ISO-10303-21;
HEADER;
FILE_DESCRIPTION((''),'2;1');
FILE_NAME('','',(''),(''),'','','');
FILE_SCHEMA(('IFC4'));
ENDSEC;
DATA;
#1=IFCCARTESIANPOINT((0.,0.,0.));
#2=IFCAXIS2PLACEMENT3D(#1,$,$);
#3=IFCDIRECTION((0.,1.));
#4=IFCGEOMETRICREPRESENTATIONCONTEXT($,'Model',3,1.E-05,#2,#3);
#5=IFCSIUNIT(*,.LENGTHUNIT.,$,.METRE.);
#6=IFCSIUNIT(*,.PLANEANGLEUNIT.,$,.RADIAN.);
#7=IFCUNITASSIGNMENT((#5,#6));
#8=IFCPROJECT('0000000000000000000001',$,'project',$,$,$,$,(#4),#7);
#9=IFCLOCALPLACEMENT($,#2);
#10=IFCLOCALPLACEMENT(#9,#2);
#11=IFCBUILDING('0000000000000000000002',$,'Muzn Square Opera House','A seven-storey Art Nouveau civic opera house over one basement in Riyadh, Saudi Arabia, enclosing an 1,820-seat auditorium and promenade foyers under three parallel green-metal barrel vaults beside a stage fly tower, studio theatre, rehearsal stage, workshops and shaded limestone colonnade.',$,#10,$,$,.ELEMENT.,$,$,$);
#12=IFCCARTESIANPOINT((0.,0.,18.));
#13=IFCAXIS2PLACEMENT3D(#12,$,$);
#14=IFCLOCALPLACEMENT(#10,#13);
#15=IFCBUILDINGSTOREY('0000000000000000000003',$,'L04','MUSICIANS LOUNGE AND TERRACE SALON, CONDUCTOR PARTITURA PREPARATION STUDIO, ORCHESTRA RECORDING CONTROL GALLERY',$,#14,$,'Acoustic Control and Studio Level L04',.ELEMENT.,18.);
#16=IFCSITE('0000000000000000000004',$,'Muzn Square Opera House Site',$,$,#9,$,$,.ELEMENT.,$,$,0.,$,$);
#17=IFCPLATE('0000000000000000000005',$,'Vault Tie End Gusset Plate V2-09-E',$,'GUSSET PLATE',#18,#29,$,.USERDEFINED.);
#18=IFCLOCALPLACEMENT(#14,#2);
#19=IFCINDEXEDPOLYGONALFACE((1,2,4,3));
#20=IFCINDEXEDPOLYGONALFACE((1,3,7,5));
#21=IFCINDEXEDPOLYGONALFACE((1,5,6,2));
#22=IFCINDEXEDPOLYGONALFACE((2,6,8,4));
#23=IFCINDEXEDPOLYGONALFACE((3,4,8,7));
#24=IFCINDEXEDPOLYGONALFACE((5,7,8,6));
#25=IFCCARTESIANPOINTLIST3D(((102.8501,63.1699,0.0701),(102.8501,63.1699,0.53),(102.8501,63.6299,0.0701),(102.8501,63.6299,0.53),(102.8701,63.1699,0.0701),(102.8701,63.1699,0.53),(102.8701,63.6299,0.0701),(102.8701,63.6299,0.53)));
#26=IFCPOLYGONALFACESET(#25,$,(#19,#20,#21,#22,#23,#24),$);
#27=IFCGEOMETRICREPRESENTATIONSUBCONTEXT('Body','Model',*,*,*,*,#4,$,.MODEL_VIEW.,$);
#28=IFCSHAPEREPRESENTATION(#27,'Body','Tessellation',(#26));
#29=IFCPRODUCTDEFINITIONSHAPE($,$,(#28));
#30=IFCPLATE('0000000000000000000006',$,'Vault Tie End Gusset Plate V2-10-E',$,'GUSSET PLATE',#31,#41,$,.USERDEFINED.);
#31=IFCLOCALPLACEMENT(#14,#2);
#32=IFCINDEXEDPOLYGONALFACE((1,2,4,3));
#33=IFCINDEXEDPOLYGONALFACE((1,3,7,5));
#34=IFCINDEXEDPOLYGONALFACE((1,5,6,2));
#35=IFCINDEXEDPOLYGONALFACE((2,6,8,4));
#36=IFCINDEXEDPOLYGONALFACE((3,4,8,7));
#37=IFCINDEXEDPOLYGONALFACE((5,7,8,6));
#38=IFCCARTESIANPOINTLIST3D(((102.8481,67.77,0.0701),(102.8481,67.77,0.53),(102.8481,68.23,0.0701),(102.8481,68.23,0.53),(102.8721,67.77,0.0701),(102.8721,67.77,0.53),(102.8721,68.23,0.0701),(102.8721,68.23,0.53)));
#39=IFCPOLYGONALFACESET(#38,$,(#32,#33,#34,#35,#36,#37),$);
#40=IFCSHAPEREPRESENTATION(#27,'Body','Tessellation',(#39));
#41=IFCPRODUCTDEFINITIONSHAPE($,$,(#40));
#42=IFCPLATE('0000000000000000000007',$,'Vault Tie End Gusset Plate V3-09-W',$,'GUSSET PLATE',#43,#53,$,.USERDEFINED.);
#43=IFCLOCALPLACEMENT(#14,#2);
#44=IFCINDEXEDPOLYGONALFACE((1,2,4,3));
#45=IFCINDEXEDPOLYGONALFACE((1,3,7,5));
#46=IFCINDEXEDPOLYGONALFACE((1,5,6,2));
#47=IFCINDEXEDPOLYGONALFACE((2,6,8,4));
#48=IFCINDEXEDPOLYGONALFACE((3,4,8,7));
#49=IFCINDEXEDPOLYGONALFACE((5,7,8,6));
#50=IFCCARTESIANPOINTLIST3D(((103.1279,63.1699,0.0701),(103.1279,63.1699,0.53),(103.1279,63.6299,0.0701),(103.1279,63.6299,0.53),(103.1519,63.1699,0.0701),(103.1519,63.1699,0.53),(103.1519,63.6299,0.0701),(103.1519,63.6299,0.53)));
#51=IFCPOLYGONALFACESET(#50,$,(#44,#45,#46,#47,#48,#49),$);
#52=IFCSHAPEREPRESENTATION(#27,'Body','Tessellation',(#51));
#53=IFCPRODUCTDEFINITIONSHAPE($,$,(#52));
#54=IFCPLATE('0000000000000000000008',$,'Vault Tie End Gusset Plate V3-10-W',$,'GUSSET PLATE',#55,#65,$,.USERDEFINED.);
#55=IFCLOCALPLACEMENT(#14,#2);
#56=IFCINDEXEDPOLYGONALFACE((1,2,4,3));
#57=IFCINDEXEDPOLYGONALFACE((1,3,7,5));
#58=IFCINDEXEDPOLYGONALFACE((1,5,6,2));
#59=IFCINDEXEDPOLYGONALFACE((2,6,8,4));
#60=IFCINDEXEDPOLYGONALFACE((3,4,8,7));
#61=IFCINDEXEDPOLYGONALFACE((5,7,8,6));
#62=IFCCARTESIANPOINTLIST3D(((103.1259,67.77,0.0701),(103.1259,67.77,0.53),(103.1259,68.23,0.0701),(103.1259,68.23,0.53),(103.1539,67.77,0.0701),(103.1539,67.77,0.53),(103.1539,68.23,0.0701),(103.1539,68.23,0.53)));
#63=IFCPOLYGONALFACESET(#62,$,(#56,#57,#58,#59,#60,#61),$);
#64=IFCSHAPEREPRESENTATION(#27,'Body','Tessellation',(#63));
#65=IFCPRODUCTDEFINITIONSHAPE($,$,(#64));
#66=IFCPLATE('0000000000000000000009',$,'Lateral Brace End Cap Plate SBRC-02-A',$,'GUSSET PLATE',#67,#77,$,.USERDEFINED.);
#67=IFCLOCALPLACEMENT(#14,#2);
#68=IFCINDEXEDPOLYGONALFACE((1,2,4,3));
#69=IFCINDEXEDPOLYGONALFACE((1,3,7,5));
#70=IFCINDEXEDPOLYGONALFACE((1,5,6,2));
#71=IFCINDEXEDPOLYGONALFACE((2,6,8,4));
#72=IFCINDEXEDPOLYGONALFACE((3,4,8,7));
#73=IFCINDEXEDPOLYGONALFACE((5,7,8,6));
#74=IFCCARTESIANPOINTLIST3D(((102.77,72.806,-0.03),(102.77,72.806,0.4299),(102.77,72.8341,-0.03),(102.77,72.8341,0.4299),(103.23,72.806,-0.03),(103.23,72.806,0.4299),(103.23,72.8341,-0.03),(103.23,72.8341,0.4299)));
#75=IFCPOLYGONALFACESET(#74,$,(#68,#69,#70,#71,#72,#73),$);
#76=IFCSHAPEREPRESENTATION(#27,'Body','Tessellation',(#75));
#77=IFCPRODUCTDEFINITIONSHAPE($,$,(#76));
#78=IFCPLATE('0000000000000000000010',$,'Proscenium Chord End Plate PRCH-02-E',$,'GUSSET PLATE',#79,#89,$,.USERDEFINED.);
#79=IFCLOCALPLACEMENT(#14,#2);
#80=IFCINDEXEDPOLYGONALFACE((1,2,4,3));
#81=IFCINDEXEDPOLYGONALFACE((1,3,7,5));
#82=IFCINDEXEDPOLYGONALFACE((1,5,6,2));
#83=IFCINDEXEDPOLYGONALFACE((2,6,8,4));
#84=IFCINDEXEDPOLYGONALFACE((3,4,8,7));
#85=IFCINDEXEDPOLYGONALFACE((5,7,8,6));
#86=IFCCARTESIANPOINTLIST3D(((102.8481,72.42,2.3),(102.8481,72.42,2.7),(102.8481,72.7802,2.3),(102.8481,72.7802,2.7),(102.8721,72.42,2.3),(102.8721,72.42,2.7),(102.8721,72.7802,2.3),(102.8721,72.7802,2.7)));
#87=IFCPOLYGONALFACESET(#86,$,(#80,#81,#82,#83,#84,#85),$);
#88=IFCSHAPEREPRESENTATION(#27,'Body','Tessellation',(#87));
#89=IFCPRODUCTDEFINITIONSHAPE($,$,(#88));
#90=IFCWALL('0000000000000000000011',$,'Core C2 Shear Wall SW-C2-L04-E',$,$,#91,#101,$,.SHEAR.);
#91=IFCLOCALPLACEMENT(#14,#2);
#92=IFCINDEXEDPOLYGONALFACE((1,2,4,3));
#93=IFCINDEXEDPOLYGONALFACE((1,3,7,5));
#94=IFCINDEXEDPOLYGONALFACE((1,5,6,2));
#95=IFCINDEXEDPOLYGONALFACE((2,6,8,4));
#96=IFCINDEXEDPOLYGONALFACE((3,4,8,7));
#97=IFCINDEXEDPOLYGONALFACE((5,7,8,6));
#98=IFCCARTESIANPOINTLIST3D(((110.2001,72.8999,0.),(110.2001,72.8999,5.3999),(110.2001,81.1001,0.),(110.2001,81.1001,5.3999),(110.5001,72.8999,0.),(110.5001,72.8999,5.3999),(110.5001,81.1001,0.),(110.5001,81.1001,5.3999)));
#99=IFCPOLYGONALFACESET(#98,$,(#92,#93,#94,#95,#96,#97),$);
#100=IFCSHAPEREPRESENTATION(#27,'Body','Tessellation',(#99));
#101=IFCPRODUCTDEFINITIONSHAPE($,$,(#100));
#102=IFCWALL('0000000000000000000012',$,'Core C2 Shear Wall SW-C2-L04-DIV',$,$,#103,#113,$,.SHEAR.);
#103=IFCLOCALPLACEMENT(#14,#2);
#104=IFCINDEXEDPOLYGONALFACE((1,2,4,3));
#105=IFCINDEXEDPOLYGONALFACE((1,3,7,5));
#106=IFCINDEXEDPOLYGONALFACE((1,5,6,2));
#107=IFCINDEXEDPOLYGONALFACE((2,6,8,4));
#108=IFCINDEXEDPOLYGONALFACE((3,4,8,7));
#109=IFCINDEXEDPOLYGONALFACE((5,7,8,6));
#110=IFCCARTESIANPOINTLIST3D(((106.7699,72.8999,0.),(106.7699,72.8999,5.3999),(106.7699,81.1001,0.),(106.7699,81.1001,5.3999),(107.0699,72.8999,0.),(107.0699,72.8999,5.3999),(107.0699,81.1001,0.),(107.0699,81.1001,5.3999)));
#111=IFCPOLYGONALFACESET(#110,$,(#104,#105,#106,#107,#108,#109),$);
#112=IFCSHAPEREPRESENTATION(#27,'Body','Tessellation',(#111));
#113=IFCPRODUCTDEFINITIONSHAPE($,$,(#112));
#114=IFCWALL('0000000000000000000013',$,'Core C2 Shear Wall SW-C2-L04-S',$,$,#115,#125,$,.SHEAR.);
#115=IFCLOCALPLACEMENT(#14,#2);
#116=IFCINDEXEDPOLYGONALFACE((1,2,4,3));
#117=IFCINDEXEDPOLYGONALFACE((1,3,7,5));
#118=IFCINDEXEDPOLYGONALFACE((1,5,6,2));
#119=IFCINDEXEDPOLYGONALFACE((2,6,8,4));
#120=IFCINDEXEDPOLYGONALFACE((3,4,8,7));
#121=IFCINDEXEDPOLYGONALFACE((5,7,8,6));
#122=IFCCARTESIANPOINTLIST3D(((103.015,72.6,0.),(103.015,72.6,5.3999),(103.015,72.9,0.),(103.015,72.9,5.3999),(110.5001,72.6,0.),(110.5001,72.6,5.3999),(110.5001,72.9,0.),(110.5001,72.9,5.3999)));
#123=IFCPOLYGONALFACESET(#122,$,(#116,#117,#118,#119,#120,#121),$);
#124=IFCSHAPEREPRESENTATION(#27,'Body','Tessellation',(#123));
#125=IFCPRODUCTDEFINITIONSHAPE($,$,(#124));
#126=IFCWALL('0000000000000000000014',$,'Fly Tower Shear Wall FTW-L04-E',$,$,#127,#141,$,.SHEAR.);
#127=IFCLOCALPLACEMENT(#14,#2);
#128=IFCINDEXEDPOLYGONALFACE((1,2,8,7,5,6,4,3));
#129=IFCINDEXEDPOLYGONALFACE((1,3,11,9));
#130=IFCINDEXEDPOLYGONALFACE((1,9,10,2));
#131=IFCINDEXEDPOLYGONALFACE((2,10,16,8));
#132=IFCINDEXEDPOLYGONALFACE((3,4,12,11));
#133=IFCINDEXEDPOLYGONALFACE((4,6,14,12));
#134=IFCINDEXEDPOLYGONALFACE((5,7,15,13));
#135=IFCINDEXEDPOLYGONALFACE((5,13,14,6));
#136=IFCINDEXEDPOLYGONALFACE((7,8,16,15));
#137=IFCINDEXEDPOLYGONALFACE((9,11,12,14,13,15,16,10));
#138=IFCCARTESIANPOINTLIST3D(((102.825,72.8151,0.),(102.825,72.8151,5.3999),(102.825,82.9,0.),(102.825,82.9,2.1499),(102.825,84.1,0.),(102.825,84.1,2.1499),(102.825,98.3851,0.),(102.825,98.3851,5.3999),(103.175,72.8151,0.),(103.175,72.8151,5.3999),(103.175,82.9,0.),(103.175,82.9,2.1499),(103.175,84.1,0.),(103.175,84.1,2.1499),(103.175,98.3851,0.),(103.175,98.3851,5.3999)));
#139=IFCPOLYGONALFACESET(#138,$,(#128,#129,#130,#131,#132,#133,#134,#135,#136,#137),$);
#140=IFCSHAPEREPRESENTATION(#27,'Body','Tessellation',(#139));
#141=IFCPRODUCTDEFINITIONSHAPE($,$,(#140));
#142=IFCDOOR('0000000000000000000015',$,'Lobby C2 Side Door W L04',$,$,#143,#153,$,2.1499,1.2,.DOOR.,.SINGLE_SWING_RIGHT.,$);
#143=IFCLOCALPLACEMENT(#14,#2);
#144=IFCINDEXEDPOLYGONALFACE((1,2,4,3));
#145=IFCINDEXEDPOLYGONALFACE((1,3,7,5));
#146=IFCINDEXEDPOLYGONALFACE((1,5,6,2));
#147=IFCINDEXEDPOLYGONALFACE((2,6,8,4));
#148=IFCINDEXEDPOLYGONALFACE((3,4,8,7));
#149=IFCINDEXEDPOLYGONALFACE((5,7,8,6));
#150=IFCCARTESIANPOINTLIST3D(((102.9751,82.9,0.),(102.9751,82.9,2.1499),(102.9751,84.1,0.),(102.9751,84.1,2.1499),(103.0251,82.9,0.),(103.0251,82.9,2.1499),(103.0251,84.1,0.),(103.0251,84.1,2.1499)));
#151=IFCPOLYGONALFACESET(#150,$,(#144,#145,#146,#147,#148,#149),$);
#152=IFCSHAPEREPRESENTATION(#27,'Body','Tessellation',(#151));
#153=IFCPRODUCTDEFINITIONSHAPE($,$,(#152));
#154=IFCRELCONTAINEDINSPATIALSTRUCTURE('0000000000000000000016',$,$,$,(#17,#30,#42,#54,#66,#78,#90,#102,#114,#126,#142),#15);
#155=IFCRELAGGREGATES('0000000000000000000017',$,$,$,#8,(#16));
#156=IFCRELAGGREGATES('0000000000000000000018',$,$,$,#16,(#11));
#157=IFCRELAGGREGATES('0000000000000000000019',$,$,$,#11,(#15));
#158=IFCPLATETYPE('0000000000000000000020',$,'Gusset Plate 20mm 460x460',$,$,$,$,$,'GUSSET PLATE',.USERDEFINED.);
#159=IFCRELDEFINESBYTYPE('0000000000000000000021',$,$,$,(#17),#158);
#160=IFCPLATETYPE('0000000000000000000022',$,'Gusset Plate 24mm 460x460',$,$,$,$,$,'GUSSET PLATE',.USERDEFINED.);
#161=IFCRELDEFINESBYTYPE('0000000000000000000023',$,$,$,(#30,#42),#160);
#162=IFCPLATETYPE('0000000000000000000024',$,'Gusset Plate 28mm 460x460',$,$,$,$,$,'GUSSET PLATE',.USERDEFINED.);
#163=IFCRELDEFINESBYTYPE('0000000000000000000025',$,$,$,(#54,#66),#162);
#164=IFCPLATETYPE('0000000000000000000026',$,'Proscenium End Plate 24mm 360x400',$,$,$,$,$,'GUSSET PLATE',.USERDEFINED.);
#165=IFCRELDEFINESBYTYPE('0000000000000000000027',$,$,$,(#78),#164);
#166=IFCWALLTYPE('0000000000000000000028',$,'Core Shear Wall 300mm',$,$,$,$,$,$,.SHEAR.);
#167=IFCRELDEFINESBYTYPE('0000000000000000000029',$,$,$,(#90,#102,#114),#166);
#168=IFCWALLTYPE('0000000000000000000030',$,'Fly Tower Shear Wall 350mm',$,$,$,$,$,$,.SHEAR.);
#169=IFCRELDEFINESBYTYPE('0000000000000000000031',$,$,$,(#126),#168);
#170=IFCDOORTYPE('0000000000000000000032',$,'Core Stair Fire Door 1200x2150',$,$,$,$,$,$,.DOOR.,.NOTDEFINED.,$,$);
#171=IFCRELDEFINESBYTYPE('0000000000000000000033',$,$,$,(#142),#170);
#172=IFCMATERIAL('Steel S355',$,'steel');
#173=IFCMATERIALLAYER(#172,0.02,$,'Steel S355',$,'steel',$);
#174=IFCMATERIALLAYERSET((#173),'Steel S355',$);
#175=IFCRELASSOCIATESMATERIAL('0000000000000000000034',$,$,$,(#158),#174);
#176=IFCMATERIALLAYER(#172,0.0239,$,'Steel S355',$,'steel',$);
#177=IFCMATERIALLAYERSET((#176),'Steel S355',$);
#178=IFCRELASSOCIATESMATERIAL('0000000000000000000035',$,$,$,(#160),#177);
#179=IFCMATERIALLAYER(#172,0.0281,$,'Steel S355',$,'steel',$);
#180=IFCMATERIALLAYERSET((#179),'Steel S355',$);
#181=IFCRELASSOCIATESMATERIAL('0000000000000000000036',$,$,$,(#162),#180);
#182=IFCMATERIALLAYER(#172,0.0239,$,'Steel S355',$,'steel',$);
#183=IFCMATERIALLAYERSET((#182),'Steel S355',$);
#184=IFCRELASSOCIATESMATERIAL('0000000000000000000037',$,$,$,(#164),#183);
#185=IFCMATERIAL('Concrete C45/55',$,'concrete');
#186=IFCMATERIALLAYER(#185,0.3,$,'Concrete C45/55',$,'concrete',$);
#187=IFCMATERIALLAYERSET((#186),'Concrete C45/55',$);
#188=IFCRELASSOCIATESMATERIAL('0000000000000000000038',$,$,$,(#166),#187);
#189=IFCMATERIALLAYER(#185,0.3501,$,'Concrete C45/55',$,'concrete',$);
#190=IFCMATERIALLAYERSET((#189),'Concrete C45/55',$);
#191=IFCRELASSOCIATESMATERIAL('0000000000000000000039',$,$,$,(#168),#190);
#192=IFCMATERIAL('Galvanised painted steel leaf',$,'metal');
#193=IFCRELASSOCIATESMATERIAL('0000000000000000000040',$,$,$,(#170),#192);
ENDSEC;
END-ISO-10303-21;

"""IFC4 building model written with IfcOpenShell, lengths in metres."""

from ifc_helpers import new_model, si_unit, direction, frame, frame_2d, origin, origin_2d, place, context, subcontext, project, spatial, rectangle, extrude, material, layer, layer_set, type_object, element, fill, save


model = new_model("IFC4")

# Units and contexts
model_context = context("Model", 3, precision=1e-05, world=origin(), true_north=direction((0.0, 1.0)))
body_context = subcontext(model_context, "Body", "Model", "MODEL_VIEW")
ifc_project = project(units=[si_unit("LENGTHUNIT", "METRE"), si_unit("PLANEANGLEUNIT", "RADIAN")], contexts=[model_context])

# Site, building, storey
site_placement = place(None, origin())
site = spatial("IfcSite", under=ifc_project, at=site_placement, Name="Muzn Square Opera House Site", CompositionType="ELEMENT", RefElevation=0.0)
building_placement = place(site_placement, origin())
building = spatial("IfcBuilding", under=site, at=building_placement, Name="Muzn Square Opera House", Description="A seven-storey Art Nouveau civic opera house over one basement in Riyadh, Saudi Arabia, enclosing an 1,820-seat auditorium and promenade foyers under three parallel green-metal barrel vaults beside a stage fly tower, studio theatre, rehearsal stage, workshops and shaded limestone colonnade.", CompositionType="ELEMENT")
storey_placement = place(building_placement, frame((0.0, 0.0, 18.0)))
storey = spatial("IfcBuildingStorey", under=building, at=storey_placement, Name="L04", Description="MUSICIANS LOUNGE AND TERRACE SALON, CONDUCTOR PARTITURA PREPARATION STUDIO, ORCHESTRA RECORDING CONTROL GALLERY", LongName="Acoustic Control and Studio Level L04", CompositionType="ELEMENT", Elevation=18.0)

# Shared definitions
ifc_material_1 = material(Name="Concrete C45/55", Category="concrete")
ifc_material_2 = material(Name="Steel S355", Category="steel")

# Plates
ifc_layer_1 = layer(ifc_material_2, 0.02, Name="Steel S355", Category="steel")
ifc_layer_set_1 = layer_set([ifc_layer_1], Name="Steel S355")
plate_type_1 = type_object("IfcPlateType", Name="Gusset Plate 20mm 460x460", ElementType="GUSSET PLATE", PredefinedType="USERDEFINED", material=ifc_layer_set_1)
plate_1_placement = place(storey_placement, frame((102.8601, 63.3999, 0.0701), z_axis=(0.0, 0.0, 1.0), x_axis=(1.0, 0.0, 0.0)))
element("IfcPlate", 1, at=plate_1_placement, inside=storey, type_object=plate_type_1, Name="Vault Tie End Gusset Plate V2-09-E", ObjectType="GUSSET PLATE", PredefinedType="USERDEFINED", context=body_context, shape_type="SweptSolid", body=[
    extrude(rectangle(XDim=0.02, YDim=0.46, at=origin_2d()), origin(), (0.0, 0.0, 1.0), 0.46),
])
ifc_layer_2 = layer(ifc_material_2, 0.0239, Name="Steel S355", Category="steel")
ifc_layer_set_2 = layer_set([ifc_layer_2], Name="Steel S355")
plate_type_2 = type_object("IfcPlateType", Name="Gusset Plate 24mm 460x460", ElementType="GUSSET PLATE", PredefinedType="USERDEFINED", material=ifc_layer_set_2)
for number, where, z_axis, x_axis, name in (
    (2, (102.8601, 68.0, 0.0701), (0.0, 0.0, 1.0), (1.0, 0.0, 0.0), "Vault Tie End Gusset Plate V2-10-E"),
    (3, (103.1399, 63.3999, 0.0701), (0.0, 0.0, 1.0), (1.0, 0.0, 0.0), "Vault Tie End Gusset Plate V3-09-W"),
):
    element("IfcPlate", number, at=place(storey_placement, frame(where, z_axis=z_axis, x_axis=x_axis)), inside=storey, type_object=plate_type_2, Name=name, ObjectType="GUSSET PLATE", PredefinedType="USERDEFINED", context=body_context, shape_type="SweptSolid", body=[
        extrude(rectangle(XDim=0.0239, YDim=0.46, at=origin_2d()), origin(), (0.0, 0.0, 1.0), 0.46),
    ])
ifc_layer_3 = layer(ifc_material_2, 0.0281, Name="Steel S355", Category="steel")
ifc_layer_set_3 = layer_set([ifc_layer_3], Name="Steel S355")
plate_type_3 = type_object("IfcPlateType", Name="Gusset Plate 28mm 460x460", ElementType="GUSSET PLATE", PredefinedType="USERDEFINED", material=ifc_layer_set_3)
plate_2_placement = place(storey_placement, frame((103.1399, 68.0, 0.0701), z_axis=(0.0, 0.0, 1.0), x_axis=(1.0, 0.0, 0.0)))
element("IfcPlate", 4, at=plate_2_placement, inside=storey, type_object=plate_type_3, Name="Vault Tie End Gusset Plate V3-10-W", ObjectType="GUSSET PLATE", PredefinedType="USERDEFINED", context=body_context, shape_type="SweptSolid", body=[
    extrude(rectangle(XDim=0.0281, YDim=0.46, at=origin_2d()), origin(), (0.0, 0.0, 1.0), 0.46),
])
plate_3_placement = place(storey_placement, frame((103.0, 72.8201, -0.03), z_axis=(0.0, 0.0, 1.0), x_axis=(1.0, 0.0, 0.0)))
element("IfcPlate", 5, at=plate_3_placement, inside=storey, type_object=plate_type_3, Name="Lateral Brace End Cap Plate SBRC-02-A", ObjectType="GUSSET PLATE", PredefinedType="USERDEFINED", context=body_context, shape_type="SweptSolid", body=[
    extrude(rectangle(XDim=0.46, YDim=0.0281, at=origin_2d()), origin(), (0.0, 0.0, 1.0), 0.46),
])
ifc_layer_4 = layer(ifc_material_2, 0.0239, Name="Steel S355", Category="steel")
ifc_layer_set_4 = layer_set([ifc_layer_4], Name="Steel S355")
plate_type_4 = type_object("IfcPlateType", Name="Proscenium End Plate 24mm 360x400", ElementType="GUSSET PLATE", PredefinedType="USERDEFINED", material=ifc_layer_set_4)
plate_4_placement = place(storey_placement, frame((102.8601, 72.6001, 2.3), z_axis=(0.0, 0.0, 1.0), x_axis=(1.0, 0.0, 0.0)))
element("IfcPlate", 6, at=plate_4_placement, inside=storey, type_object=plate_type_4, Name="Proscenium Chord End Plate PRCH-02-E", ObjectType="GUSSET PLATE", PredefinedType="USERDEFINED", context=body_context, shape_type="SweptSolid", body=[
    extrude(rectangle(XDim=0.0239, YDim=0.3601, at=origin_2d()), origin(), (0.0, 0.0, 1.0), 0.3999),
])

# Walls
ifc_layer_5 = layer(ifc_material_1, 0.3, Name="Concrete C45/55", Category="concrete")
ifc_layer_set_5 = layer_set([ifc_layer_5], Name="Concrete C45/55")
wall_type_1 = type_object("IfcWallType", Name="Core Shear Wall 300mm", PredefinedType="SHEAR", material=ifc_layer_set_5)
for number, where, z_axis, x_axis, name in (
    (7, (110.3501, 72.8999, 0.0), (0.0, 0.0, 1.0), (0.0, 1.0, 0.0), "Core C2 Shear Wall SW-C2-L04-E"),
    (8, (106.9199, 72.8999, 0.0), (0.0, 0.0, 1.0), (0.0, 1.0, 0.0), "Core C2 Shear Wall SW-C2-L04-DIV"),
):
    element("IfcWall", number, at=place(storey_placement, frame(where, z_axis=z_axis, x_axis=x_axis)), inside=storey, type_object=wall_type_1, Name=name, PredefinedType="SHEAR", context=body_context, shape_type="SweptSolid", body=[
        extrude(rectangle(XDim=8.2002, YDim=0.3, at=frame_2d((4.1001, 0.0))), origin(), (0.0, 0.0, 1.0), 5.3999),
    ])
wall_1_placement = place(storey_placement, frame((103.0149, 72.75, 0.0), z_axis=(0.0, 0.0, 1.0), x_axis=(1.0, 0.0, 0.0)))
element("IfcWall", 9, at=wall_1_placement, inside=storey, type_object=wall_type_1, Name="Core C2 Shear Wall SW-C2-L04-S", PredefinedType="SHEAR", context=body_context, shape_type="SweptSolid", body=[
    extrude(rectangle(XDim=7.4851, YDim=0.3, at=frame_2d((3.7427, 0.0))), origin(), (0.0, 0.0, 1.0), 5.3999),
])

# Wall, opening, door
ifc_layer_6 = layer(ifc_material_1, 0.3501, Name="Concrete C45/55", Category="concrete")
ifc_layer_set_6 = layer_set([ifc_layer_6], Name="Concrete C45/55")
wall_type_2 = type_object("IfcWallType", Name="Fly Tower Shear Wall 350mm", PredefinedType="SHEAR", material=ifc_layer_set_6)
wall_2_placement = place(storey_placement, frame((103.0, 72.8149, 0.0), z_axis=(0.0, 0.0, 1.0), x_axis=(0.0, 1.0, 0.0)))
wall_2 = element("IfcWall", 10, at=wall_2_placement, inside=storey, type_object=wall_type_2, Name="Fly Tower Shear Wall FTW-L04-E", PredefinedType="SHEAR", context=body_context, shape_type="SweptSolid", body=[
    extrude(rectangle(XDim=25.5701, YDim=0.3501, at=frame_2d((12.7852, 0.0))), origin(), (0.0, 0.0, 1.0), 5.3999),
])
opening_placement = place(wall_2_placement, frame((10.085, 0.0, 0.0)))
opening = element("IfcOpeningElement", 11, at=opening_placement, cuts=wall_2, PredefinedType="OPENING", context=body_context, shape_type="SweptSolid", body=[
    extrude(rectangle(XDim=1.2, YDim=2.1499, at=frame_2d((0.6001, 1.075))), frame((0.0, 0.1851, 0.0), z_axis=(0.0, -1.0, 0.0), x_axis=(1.0, 0.0, 0.0)), (0.0, 0.0, 1.0), 0.3701),
])
ifc_material_3 = material(Name="Galvanised painted steel leaf", Category="metal")
door_type = type_object("IfcDoorType", Name="Core Stair Fire Door 1200x2150", OperationType="NOTDEFINED", PredefinedType="DOOR", material=ifc_material_3)
door_placement = place(opening_placement, origin())
door = element("IfcDoor", 12, at=door_placement, inside=storey, type_object=door_type, Name="Lobby C2 Side Door W L04", OperationType="SINGLE_SWING_RIGHT", OverallHeight=2.1499, OverallWidth=1.2, PredefinedType="DOOR", context=body_context, shape_type="SweptSolid", body=[
    extrude(rectangle(XDim=1.2, YDim=2.1499, at=frame_2d((0.6001, 1.075))), frame((0.0, 0.0249, 0.0), z_axis=(0.0, -1.0, 0.0), x_axis=(1.0, 0.0, 0.0)), (0.0, 0.0, 1.0), 0.05),
])
fill(opening, door)

save(model, "model.ifc")
